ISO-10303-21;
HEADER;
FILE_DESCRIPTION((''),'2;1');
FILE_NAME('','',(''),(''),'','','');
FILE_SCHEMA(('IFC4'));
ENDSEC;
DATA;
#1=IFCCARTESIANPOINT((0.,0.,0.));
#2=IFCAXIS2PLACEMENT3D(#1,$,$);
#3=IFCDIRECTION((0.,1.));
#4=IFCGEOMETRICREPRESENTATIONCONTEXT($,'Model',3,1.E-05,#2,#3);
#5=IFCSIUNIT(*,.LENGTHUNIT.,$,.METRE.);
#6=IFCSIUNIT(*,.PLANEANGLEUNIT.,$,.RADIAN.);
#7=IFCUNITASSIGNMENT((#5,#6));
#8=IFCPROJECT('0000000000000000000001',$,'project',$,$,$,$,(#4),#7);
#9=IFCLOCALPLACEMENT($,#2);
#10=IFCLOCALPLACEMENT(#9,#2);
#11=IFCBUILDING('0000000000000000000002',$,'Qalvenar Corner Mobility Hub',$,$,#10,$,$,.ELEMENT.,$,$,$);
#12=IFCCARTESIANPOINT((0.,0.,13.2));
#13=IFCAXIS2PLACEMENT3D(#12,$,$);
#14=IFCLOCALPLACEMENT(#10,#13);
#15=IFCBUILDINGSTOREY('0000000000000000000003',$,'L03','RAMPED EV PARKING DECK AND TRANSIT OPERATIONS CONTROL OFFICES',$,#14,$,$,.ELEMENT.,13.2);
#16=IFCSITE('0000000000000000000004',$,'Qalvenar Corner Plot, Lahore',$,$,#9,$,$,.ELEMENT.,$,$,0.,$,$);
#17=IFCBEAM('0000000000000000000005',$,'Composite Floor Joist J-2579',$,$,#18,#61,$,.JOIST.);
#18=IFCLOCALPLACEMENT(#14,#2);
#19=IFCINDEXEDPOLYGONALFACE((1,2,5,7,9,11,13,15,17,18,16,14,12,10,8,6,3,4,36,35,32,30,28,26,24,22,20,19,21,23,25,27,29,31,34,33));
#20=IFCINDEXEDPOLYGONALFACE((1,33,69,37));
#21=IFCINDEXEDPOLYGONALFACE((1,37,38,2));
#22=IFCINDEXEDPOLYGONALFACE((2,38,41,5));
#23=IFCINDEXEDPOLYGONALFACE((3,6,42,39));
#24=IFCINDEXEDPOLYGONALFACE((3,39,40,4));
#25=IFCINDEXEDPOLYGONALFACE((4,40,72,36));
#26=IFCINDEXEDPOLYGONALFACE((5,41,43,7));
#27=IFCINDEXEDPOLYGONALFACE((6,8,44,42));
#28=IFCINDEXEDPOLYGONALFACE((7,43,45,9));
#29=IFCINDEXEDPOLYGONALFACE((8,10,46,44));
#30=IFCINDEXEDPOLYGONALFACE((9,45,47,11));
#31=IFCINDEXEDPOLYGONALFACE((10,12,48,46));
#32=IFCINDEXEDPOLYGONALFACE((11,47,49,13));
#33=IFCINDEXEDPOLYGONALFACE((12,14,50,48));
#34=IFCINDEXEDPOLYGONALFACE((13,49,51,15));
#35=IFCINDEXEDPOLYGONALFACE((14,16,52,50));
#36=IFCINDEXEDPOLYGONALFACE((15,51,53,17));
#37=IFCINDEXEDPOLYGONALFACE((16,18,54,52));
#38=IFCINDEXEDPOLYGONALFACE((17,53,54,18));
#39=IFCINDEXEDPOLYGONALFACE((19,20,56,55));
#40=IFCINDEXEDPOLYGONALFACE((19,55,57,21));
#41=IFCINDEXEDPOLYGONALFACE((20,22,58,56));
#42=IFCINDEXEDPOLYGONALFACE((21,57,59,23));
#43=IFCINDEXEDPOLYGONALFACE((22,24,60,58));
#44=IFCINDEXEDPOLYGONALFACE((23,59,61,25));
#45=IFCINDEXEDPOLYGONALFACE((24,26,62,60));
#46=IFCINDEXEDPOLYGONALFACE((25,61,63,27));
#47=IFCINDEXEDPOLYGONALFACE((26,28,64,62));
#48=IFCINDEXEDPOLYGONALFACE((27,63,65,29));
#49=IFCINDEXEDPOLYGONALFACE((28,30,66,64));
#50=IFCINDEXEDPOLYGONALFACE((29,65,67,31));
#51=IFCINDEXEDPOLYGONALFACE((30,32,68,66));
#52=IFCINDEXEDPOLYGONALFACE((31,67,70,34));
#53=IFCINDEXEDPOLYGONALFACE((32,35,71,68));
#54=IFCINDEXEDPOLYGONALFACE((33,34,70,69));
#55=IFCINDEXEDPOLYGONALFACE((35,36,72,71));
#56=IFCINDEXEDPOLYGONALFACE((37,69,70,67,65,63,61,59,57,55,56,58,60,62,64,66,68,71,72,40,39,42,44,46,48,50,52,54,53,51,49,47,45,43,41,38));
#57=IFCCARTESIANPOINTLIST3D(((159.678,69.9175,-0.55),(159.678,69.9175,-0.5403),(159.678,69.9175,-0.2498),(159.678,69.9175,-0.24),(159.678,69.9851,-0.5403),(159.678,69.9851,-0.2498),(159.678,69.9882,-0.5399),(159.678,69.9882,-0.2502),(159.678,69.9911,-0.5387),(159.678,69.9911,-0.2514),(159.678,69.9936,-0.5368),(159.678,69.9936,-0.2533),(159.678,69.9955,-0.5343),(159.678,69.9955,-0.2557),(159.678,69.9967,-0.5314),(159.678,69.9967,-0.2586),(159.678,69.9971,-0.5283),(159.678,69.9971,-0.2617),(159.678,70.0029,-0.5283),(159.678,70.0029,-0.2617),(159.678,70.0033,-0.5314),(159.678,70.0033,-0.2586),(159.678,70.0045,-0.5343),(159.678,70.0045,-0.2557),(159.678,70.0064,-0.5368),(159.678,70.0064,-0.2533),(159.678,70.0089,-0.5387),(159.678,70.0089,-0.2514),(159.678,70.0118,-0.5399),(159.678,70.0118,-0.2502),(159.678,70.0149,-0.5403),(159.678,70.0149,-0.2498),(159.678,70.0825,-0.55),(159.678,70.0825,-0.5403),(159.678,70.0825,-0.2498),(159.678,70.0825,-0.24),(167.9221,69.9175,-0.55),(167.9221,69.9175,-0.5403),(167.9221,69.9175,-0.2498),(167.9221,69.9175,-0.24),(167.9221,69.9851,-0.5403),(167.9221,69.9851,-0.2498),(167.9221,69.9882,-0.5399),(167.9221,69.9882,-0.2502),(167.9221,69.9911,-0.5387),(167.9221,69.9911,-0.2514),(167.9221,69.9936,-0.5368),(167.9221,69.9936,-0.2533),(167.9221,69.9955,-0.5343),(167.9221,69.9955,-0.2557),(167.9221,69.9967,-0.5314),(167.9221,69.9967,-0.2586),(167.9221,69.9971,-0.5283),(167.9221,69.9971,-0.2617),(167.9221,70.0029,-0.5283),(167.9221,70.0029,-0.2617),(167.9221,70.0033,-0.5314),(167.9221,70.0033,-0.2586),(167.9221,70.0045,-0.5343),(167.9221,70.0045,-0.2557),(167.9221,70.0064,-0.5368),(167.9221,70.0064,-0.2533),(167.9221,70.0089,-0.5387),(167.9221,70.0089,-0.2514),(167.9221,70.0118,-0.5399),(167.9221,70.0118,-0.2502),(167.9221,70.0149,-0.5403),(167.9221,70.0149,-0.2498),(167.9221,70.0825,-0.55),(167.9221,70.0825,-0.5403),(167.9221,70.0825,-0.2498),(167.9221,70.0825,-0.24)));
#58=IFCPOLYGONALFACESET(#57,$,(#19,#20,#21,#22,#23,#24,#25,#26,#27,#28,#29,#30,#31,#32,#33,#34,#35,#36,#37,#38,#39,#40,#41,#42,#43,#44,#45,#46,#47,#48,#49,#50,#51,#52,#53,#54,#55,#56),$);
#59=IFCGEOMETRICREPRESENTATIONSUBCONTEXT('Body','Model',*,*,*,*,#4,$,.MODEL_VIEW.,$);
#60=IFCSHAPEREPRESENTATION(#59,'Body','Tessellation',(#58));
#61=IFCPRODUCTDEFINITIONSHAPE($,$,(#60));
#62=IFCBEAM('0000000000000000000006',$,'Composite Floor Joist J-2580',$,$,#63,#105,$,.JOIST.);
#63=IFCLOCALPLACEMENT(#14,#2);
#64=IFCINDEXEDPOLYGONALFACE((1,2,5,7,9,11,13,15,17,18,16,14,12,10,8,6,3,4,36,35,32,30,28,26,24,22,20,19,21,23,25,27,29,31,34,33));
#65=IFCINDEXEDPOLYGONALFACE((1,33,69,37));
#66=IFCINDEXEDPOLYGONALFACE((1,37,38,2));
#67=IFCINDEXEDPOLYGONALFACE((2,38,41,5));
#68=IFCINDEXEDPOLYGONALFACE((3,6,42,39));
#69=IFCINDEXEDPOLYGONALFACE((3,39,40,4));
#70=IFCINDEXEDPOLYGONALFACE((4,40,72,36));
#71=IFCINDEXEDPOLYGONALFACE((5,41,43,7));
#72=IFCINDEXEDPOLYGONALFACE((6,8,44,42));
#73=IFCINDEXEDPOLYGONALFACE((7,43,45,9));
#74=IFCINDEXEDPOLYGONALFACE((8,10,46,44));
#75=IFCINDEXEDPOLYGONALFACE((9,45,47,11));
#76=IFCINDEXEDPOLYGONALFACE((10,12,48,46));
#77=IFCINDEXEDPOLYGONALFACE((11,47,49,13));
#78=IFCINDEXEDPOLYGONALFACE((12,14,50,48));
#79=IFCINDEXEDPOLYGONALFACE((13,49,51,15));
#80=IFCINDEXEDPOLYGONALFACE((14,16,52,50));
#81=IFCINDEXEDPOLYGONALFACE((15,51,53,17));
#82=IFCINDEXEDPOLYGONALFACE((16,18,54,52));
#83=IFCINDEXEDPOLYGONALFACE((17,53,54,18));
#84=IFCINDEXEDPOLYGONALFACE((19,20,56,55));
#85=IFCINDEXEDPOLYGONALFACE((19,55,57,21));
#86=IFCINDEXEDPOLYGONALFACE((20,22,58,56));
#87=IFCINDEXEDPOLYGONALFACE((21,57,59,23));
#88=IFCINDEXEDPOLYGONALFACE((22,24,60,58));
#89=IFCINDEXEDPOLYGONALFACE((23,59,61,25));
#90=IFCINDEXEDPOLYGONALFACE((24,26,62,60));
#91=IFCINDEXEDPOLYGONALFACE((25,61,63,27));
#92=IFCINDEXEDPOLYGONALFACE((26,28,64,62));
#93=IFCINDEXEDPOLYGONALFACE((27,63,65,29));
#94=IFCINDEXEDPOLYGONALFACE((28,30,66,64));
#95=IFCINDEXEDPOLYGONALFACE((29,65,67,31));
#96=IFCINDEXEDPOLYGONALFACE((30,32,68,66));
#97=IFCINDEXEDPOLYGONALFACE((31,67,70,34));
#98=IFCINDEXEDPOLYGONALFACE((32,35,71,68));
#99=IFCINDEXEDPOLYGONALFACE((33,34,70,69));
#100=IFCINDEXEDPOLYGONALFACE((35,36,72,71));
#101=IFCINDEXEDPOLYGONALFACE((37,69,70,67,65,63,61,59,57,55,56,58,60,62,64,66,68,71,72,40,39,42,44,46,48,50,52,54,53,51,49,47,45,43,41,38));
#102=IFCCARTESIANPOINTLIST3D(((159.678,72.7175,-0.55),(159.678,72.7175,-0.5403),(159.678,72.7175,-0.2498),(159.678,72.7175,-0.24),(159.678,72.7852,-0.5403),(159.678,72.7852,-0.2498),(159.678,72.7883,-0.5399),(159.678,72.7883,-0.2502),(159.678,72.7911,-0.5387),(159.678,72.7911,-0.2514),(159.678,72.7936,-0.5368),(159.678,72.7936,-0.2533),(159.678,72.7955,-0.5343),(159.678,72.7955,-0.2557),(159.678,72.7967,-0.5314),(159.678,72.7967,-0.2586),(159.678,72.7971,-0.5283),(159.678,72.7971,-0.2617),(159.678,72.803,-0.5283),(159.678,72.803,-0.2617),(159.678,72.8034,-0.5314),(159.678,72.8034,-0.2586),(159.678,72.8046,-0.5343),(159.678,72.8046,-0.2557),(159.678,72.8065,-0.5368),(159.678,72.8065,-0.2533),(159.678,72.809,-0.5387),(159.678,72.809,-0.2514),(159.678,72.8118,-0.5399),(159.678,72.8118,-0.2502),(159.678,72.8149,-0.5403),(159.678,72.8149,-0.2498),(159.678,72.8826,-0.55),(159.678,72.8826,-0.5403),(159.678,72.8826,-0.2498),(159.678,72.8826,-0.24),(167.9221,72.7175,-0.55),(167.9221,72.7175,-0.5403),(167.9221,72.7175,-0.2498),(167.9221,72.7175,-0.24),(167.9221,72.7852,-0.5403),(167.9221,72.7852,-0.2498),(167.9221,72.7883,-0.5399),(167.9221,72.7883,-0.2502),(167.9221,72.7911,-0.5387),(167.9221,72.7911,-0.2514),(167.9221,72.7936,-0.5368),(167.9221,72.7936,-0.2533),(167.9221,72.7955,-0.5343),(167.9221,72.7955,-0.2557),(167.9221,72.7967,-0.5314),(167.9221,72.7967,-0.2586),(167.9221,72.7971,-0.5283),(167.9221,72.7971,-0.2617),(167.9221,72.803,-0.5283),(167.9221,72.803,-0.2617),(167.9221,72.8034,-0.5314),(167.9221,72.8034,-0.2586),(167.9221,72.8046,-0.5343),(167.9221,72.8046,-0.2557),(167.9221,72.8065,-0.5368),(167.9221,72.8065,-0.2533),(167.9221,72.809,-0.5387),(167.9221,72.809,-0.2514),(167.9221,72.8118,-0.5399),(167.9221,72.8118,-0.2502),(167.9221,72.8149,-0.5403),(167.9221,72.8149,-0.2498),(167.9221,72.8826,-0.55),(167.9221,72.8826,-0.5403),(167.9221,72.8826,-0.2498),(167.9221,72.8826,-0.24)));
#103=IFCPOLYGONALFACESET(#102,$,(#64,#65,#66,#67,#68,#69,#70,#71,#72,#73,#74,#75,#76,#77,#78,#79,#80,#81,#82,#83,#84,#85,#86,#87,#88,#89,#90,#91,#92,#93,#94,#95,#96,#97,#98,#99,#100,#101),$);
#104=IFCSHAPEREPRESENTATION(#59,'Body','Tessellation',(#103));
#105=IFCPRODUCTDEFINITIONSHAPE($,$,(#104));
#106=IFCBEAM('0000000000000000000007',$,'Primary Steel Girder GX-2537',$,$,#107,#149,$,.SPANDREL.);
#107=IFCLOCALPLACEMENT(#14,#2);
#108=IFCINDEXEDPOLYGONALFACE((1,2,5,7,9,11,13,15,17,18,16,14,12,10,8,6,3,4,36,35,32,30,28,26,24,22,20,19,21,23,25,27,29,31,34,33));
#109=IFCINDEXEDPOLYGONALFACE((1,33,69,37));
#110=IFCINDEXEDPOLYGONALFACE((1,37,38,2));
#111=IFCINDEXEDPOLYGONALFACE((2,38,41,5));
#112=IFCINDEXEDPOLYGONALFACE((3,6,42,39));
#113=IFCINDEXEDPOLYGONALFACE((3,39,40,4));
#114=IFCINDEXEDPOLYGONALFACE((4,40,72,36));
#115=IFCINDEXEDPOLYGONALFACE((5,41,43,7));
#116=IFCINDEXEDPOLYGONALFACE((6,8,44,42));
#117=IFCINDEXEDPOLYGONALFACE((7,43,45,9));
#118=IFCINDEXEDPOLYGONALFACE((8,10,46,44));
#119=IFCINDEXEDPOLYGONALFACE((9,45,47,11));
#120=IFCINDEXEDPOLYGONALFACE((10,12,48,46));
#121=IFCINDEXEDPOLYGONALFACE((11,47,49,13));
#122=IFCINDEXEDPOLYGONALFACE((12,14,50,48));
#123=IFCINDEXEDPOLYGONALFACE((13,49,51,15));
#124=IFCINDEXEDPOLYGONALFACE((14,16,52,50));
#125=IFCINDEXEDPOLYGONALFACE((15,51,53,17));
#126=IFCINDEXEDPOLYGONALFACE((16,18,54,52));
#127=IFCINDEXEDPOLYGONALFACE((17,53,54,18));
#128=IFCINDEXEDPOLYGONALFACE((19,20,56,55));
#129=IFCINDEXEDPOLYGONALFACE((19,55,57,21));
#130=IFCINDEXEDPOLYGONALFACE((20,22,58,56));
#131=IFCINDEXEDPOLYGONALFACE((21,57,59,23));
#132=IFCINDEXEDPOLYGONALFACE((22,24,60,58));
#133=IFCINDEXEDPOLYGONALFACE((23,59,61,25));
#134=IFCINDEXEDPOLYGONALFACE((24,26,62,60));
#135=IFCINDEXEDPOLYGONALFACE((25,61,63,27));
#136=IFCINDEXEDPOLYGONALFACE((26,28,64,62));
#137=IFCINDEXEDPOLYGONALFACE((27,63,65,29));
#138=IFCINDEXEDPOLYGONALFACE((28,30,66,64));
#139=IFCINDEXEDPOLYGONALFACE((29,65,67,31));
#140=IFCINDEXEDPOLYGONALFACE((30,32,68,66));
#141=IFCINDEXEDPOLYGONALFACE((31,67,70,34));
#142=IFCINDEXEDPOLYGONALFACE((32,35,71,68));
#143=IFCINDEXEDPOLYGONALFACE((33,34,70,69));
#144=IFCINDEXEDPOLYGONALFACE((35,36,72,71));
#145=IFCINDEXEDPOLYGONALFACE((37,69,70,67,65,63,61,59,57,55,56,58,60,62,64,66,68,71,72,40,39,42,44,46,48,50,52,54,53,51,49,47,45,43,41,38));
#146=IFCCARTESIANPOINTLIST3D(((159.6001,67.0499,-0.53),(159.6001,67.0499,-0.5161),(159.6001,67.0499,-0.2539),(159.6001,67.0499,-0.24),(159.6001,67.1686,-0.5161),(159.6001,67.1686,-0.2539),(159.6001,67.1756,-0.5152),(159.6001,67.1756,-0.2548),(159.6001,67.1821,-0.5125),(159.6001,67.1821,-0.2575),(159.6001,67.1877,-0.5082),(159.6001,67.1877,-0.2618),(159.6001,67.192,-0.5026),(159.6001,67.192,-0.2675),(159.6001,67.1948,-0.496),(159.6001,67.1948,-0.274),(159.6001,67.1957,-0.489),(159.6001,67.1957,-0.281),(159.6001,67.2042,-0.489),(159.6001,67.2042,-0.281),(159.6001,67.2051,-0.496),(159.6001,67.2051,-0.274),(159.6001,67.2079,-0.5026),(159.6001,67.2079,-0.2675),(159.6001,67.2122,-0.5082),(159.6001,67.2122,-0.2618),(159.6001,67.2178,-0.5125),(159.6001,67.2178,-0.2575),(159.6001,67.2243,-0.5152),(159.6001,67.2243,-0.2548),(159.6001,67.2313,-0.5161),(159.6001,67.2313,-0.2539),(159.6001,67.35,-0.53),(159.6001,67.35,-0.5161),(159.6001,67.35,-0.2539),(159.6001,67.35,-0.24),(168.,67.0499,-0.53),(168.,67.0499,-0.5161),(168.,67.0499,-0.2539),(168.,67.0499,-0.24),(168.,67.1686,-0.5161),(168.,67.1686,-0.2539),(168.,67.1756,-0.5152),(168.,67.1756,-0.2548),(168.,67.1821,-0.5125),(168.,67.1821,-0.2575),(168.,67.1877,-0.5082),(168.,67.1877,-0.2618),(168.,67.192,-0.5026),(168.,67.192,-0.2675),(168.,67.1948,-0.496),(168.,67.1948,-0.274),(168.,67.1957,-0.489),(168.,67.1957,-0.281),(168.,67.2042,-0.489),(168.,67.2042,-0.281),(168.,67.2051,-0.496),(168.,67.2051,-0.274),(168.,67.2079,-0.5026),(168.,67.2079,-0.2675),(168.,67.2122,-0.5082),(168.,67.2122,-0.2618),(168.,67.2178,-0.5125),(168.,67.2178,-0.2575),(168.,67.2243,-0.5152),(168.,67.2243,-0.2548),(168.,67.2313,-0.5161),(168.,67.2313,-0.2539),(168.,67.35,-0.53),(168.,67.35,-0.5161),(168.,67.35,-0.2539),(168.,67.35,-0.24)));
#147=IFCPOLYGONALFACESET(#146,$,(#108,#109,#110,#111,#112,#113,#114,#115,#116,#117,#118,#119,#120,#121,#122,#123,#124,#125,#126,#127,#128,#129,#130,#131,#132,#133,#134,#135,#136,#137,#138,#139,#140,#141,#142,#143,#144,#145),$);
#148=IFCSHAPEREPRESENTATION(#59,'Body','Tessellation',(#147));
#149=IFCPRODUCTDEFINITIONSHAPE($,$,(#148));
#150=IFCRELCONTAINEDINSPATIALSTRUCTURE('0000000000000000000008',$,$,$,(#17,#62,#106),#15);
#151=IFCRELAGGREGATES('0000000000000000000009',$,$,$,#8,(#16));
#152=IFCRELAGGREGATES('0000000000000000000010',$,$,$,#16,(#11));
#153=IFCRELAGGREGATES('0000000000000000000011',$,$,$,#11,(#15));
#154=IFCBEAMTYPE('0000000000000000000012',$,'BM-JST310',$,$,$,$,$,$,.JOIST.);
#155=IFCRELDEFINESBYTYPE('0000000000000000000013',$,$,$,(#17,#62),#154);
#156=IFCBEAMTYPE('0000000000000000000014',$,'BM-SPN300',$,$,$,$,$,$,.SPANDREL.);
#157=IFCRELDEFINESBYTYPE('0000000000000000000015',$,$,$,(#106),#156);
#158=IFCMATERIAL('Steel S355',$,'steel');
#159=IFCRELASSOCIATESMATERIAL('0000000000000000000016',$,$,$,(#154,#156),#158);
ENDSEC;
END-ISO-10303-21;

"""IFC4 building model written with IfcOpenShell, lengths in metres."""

from ifc_helpers import new_model, si_unit, direction, frame, origin, origin_2d, place, context, subcontext, project, spatial, i_section, extrude, material, material_profile, profile_set, type_object, element, save


model = new_model("IFC4")

# Units and contexts
model_context = context("Model", 3, precision=1e-05, world=origin(), true_north=direction((0.0, 1.0)))
body_context = subcontext(model_context, "Body", "Model", "MODEL_VIEW")
ifc_project = project(units=[si_unit("LENGTHUNIT", "METRE"), si_unit("PLANEANGLEUNIT", "RADIAN")], contexts=[model_context])

# Site, building, storey
site_placement = place(None, origin())
site = spatial("IfcSite", under=ifc_project, at=site_placement, Name="Qalvenar Corner Plot, Lahore", CompositionType="ELEMENT", RefElevation=0.0)
building_placement = place(site_placement, origin())
building = spatial("IfcBuilding", under=site, at=building_placement, Name="Qalvenar Corner Mobility Hub", CompositionType="ELEMENT")
storey_placement = place(building_placement, frame((0.0, 0.0, 13.2)))
storey = spatial("IfcBuildingStorey", under=building, at=storey_placement, Name="L03", Description="RAMPED EV PARKING DECK AND TRANSIT OPERATIONS CONTROL OFFICES", CompositionType="ELEMENT", Elevation=13.2)

# Shared definitions
ifc_material_1 = material(Name="Steel S355", Category="steel")

# Beams
ifc_material_profile_1 = material_profile(ifc_material_1, i_section(OverallWidth=0.165, OverallDepth=0.3101, WebThickness=0.0059, FlangeThickness=0.0098, FilletRadius=0.012, at=origin_2d()), Name="W310x38.7")
ifc_profile_set_1 = profile_set([ifc_material_profile_1], Name="Steel S355")
beam_type_1 = type_object("IfcBeamType", Name="BM-JST310", PredefinedType="JOIST", material=ifc_profile_set_1)
for number, where, z_axis, x_axis, name in (
    (1, (159.678, 70.0, -0.395), (1.0, 0.0, 0.0), (0.0, 1.0, 0.0), "Composite Floor Joist J-2579"),
    (2, (159.678, 72.8, -0.395), (1.0, 0.0, 0.0), (0.0, 1.0, 0.0), "Composite Floor Joist J-2580"),
):
    element("IfcBeam", number, at=place(storey_placement, frame(where, z_axis=z_axis, x_axis=x_axis)), inside=storey, type_object=beam_type_1, Name=name, PredefinedType="JOIST", context=body_context, shape_type="SweptSolid", body=[
        extrude(i_section(OverallWidth=0.165, OverallDepth=0.3101, WebThickness=0.0059, FlangeThickness=0.0098, FilletRadius=0.012, at=origin_2d()), origin(), (0.0, 0.0, 1.0), 8.2441),
    ])
ifc_material_profile_2 = material_profile(ifc_material_1, i_section(OverallWidth=0.3, OverallDepth=0.29, WebThickness=0.0085, FlangeThickness=0.0139, FilletRadius=0.0271, at=origin_2d()), Name="HEA300")
ifc_profile_set_2 = profile_set([ifc_material_profile_2], Name="Steel S355")
beam_type_2 = type_object("IfcBeamType", Name="BM-SPN300", PredefinedType="SPANDREL", material=ifc_profile_set_2)
beam_1_placement = place(storey_placement, frame((159.6001, 67.2, -0.385), z_axis=(1.0, 0.0, 0.0), x_axis=(0.0, 1.0, 0.0)))
element("IfcBeam", 3, at=beam_1_placement, inside=storey, type_object=beam_type_2, Name="Primary Steel Girder GX-2537", PredefinedType="SPANDREL", context=body_context, shape_type="SweptSolid", body=[
    extrude(i_section(OverallWidth=0.3, OverallDepth=0.29, WebThickness=0.0085, FlangeThickness=0.0139, FilletRadius=0.0271, at=origin_2d()), origin(), (0.0, 0.0, 1.0), 8.3999),
])

save(model, "model.ifc")
